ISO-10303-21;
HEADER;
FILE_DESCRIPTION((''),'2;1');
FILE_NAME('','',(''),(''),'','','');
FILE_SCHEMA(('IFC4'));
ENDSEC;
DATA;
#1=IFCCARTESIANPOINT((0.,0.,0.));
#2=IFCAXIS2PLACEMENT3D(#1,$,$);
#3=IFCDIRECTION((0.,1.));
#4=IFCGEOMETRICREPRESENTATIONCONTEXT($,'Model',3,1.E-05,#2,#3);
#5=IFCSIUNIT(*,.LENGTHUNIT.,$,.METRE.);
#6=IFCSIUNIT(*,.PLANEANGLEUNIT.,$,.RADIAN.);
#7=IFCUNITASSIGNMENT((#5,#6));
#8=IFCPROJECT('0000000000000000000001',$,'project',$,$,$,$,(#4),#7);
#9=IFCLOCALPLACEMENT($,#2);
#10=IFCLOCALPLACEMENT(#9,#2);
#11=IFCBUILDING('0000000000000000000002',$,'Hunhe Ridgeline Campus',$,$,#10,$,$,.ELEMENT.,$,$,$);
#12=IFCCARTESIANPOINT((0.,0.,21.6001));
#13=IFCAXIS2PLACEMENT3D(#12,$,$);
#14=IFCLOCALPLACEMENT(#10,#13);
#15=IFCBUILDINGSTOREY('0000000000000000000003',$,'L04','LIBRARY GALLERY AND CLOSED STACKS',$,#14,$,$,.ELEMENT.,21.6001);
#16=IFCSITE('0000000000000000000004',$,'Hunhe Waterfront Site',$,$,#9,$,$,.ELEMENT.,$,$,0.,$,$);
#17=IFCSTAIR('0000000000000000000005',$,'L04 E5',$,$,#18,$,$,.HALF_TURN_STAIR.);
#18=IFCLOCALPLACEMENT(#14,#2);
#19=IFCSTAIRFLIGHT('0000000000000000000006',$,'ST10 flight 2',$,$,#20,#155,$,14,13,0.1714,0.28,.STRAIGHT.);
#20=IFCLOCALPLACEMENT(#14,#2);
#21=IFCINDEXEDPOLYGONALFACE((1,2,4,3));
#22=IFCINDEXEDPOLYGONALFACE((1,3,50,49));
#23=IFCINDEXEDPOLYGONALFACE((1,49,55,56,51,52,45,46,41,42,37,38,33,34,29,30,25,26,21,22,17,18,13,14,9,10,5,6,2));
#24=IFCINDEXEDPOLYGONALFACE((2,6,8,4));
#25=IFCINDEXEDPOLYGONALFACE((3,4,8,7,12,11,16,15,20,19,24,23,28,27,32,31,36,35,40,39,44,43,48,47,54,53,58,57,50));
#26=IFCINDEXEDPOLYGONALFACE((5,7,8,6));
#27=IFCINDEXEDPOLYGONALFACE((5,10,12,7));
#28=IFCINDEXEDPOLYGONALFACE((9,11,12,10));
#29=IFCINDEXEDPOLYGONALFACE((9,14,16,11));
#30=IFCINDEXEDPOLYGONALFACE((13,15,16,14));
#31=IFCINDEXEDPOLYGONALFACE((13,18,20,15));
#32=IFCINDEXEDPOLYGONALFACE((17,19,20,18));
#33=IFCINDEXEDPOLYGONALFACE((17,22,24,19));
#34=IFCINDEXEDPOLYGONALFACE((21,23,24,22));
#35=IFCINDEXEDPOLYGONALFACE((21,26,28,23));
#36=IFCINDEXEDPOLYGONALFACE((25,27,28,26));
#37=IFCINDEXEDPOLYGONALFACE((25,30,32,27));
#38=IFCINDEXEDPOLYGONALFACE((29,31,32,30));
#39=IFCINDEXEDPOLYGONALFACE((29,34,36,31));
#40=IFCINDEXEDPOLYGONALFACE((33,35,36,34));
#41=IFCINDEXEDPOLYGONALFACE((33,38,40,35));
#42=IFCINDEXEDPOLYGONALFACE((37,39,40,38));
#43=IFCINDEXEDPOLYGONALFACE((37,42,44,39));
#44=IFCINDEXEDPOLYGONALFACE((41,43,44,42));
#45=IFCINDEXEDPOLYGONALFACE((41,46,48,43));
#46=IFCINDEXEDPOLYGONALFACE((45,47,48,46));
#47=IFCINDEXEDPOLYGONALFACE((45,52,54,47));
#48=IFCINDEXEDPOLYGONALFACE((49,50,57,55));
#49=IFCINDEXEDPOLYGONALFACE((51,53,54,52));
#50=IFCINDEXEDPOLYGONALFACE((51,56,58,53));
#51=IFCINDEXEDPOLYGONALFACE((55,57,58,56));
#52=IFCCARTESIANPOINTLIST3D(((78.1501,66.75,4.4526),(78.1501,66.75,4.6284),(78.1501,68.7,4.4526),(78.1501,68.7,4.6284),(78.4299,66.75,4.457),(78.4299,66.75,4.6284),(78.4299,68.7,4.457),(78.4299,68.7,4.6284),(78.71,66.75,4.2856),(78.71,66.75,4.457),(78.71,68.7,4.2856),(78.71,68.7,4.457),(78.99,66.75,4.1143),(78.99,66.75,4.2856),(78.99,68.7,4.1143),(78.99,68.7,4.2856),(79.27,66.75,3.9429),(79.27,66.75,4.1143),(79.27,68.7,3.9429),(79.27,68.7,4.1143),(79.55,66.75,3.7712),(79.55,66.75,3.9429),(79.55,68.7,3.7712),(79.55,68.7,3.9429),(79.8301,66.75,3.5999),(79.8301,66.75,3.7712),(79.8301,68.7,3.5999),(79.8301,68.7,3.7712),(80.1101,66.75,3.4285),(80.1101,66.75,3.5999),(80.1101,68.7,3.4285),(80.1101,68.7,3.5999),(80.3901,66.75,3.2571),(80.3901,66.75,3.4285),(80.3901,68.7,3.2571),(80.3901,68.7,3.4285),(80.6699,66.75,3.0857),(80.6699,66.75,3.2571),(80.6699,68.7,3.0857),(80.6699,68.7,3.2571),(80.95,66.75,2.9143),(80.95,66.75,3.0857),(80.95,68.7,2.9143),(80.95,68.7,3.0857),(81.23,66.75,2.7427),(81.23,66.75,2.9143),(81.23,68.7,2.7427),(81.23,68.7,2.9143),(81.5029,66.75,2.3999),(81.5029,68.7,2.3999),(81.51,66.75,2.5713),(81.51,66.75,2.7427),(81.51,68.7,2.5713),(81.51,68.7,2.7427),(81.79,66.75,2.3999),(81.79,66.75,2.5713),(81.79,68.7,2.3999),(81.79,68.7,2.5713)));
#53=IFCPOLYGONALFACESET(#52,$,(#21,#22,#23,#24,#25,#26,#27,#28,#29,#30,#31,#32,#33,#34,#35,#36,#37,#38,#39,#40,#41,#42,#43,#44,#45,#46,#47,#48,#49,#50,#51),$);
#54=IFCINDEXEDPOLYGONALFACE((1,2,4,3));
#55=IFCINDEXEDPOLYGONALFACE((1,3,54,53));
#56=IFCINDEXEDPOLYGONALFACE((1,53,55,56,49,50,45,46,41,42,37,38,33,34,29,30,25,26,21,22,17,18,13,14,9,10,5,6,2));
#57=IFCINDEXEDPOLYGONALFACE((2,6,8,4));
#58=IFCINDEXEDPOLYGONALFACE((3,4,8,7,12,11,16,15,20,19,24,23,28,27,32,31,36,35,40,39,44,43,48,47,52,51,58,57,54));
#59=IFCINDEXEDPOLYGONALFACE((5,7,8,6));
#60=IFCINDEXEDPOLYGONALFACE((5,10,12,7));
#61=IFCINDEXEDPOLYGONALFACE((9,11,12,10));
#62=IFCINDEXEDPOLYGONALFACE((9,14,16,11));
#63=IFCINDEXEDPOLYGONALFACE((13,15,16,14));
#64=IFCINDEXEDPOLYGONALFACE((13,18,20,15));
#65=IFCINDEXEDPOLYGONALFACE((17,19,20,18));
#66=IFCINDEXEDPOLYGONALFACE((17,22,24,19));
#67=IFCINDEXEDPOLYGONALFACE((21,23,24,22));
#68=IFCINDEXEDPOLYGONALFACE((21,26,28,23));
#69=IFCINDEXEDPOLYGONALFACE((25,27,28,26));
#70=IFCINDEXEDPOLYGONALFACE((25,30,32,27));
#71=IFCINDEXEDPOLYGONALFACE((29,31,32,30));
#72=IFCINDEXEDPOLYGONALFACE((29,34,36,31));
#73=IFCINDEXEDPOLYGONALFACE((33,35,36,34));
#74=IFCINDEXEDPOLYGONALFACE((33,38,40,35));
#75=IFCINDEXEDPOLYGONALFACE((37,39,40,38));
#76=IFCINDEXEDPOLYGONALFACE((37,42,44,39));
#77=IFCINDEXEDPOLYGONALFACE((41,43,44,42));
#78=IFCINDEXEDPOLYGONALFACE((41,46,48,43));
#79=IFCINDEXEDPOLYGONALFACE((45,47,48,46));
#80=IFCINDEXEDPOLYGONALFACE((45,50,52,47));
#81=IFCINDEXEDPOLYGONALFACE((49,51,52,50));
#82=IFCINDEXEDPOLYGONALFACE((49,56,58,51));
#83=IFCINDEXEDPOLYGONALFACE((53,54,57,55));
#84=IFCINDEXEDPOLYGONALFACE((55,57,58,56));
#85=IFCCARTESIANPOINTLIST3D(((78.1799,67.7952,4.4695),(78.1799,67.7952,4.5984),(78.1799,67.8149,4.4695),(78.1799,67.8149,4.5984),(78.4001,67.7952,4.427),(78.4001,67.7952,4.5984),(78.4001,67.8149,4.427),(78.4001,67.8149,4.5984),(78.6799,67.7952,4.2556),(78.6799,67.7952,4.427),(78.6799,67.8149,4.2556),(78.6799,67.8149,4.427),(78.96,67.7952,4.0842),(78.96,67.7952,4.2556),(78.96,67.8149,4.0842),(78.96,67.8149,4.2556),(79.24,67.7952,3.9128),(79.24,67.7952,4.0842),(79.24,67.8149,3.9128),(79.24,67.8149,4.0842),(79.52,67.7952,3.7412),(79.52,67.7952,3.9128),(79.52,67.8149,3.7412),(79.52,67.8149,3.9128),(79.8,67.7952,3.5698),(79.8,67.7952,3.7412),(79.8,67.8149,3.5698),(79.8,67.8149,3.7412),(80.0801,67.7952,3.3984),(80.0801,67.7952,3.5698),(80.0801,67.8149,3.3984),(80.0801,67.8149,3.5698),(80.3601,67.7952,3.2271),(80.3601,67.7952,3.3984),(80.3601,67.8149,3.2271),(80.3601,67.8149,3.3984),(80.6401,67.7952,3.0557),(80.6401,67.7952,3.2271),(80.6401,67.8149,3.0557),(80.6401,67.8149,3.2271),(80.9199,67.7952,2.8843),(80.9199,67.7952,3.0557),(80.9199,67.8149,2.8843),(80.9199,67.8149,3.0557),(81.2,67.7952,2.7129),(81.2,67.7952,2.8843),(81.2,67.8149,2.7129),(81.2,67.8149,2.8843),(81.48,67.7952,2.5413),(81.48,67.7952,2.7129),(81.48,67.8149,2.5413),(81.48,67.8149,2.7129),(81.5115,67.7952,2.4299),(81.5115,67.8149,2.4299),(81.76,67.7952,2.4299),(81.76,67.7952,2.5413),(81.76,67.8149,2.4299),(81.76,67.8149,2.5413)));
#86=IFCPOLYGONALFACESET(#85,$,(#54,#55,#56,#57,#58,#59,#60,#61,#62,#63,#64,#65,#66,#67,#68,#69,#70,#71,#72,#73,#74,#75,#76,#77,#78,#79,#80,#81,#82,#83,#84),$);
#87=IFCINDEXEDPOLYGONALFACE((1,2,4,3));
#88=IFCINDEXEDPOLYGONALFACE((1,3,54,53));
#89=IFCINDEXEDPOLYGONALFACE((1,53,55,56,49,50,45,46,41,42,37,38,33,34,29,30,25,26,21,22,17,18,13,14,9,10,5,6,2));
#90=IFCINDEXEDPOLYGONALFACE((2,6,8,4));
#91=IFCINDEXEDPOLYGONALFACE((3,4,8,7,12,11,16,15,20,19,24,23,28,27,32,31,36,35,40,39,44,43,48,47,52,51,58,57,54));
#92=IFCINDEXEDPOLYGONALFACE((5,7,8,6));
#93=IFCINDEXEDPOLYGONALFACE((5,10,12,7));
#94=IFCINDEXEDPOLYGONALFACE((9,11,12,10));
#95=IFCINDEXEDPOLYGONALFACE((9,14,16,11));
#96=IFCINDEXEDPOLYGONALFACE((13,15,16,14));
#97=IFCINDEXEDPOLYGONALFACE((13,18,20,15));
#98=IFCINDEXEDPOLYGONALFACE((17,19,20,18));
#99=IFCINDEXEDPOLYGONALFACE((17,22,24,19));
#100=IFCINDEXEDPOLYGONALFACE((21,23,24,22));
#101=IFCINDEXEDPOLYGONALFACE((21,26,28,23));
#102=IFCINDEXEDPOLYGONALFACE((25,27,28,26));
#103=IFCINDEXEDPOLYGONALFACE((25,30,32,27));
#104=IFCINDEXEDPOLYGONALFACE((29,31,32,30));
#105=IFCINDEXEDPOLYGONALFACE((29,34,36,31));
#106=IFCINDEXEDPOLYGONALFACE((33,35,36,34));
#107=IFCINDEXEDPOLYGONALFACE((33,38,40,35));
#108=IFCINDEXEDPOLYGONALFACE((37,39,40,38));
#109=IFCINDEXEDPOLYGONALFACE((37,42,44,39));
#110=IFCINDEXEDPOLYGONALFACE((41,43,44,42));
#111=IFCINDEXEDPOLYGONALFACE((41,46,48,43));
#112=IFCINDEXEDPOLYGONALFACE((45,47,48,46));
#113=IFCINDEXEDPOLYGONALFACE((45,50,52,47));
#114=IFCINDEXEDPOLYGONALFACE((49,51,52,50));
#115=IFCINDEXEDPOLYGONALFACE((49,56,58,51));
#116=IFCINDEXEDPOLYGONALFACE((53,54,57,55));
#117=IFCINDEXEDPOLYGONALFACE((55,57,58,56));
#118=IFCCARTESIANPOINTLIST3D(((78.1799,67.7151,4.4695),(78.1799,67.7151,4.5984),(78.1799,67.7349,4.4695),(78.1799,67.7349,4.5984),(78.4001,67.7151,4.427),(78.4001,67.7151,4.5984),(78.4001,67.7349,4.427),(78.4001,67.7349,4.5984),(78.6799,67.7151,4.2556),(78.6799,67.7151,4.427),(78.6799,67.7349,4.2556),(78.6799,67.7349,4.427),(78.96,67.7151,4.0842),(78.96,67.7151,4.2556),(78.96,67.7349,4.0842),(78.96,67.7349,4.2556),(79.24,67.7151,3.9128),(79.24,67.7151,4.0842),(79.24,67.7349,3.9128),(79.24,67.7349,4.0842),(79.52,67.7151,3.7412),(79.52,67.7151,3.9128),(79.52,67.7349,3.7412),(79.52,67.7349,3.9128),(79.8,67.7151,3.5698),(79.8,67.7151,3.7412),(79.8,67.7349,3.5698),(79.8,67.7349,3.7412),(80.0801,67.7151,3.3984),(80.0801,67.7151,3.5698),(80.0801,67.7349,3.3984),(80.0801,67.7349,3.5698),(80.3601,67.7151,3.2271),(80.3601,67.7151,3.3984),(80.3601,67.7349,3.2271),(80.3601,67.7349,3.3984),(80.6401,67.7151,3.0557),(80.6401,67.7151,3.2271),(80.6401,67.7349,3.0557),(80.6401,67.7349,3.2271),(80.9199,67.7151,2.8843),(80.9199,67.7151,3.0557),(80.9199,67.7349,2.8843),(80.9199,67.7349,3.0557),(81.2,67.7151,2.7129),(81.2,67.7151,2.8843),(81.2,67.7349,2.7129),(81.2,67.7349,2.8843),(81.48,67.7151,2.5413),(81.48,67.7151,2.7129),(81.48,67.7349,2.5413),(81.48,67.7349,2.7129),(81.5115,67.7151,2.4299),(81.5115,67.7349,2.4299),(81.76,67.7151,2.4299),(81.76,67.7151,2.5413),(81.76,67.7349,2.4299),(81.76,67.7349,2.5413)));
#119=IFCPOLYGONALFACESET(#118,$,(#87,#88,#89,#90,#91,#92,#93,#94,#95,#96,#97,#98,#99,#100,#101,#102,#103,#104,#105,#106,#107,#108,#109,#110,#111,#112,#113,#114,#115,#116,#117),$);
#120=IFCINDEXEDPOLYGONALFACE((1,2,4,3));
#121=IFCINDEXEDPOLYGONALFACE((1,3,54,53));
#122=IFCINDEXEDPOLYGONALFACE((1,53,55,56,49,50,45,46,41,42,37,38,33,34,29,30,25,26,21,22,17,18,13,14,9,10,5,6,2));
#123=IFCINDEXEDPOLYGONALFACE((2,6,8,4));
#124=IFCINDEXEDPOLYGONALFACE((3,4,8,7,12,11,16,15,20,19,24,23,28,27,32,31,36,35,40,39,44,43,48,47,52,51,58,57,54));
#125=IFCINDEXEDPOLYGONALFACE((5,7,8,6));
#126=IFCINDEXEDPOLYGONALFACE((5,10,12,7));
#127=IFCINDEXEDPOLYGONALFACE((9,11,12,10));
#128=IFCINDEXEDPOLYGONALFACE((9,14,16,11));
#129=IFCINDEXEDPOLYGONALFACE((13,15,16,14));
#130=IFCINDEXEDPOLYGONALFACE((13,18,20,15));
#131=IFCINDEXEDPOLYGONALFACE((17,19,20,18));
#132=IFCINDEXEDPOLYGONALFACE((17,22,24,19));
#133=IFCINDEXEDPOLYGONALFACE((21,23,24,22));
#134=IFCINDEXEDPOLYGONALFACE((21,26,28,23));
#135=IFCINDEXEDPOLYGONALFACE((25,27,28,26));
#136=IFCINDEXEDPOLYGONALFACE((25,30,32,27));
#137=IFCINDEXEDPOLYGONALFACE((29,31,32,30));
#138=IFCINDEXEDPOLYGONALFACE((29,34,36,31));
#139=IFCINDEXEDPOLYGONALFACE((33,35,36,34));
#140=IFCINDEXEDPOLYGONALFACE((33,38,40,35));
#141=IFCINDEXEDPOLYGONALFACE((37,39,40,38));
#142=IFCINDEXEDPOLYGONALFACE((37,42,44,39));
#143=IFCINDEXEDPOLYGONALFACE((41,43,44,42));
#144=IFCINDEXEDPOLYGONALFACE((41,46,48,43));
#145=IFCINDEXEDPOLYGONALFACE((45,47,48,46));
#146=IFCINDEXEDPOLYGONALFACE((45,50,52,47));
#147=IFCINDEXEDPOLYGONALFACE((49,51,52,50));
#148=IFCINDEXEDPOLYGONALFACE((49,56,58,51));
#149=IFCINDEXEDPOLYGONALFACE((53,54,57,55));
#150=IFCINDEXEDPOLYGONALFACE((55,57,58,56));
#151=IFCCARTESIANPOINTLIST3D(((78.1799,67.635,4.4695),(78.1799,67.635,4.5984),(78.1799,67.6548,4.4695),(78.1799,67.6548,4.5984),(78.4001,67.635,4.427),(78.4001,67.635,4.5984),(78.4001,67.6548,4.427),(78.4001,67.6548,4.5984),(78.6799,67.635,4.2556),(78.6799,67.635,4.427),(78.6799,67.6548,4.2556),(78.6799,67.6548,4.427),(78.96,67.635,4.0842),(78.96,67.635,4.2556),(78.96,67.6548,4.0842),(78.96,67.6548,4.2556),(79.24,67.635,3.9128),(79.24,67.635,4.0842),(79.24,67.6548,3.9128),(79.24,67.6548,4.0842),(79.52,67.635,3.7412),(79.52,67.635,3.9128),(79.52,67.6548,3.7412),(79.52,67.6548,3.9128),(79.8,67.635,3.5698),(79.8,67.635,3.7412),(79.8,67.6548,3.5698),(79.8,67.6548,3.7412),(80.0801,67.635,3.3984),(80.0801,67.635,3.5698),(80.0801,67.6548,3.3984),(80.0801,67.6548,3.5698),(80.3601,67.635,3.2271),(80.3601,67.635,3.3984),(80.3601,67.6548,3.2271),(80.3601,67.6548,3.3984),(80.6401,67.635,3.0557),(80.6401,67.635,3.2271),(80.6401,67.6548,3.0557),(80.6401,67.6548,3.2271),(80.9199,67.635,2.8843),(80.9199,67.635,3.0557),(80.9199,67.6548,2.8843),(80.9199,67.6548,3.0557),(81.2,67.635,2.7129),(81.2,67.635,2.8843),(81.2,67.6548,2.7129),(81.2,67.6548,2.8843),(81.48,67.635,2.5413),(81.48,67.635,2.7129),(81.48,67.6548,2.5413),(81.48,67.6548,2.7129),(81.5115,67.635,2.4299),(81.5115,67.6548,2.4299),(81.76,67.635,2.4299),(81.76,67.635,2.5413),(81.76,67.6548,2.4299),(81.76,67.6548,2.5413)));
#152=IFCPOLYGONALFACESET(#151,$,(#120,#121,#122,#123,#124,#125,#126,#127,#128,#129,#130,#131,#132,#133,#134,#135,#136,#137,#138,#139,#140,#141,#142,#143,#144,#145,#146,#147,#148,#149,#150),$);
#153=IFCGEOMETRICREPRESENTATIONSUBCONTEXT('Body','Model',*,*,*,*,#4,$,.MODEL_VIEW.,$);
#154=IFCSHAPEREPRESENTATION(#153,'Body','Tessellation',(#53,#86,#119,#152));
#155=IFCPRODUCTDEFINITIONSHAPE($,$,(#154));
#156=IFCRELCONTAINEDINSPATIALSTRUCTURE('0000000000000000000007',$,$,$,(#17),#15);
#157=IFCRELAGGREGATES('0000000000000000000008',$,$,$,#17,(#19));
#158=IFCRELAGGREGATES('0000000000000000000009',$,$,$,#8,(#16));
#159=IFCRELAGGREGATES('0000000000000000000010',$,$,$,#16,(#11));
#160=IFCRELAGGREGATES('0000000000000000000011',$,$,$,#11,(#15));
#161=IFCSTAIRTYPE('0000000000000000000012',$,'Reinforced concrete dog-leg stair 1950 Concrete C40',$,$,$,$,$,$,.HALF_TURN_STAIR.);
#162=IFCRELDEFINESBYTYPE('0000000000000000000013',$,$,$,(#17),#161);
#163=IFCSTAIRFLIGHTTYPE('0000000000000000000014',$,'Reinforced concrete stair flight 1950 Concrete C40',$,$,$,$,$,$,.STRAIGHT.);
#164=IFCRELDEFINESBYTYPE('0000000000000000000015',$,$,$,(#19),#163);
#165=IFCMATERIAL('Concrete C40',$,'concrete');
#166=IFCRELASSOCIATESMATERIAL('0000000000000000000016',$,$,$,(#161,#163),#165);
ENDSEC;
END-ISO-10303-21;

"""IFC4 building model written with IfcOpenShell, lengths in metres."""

from ifc_helpers import new_model, si_unit, direction, frame, origin, place, context, subcontext, project, spatial, polyline, outline, extrude, material, type_object, element, aggregate, save


model = new_model("IFC4")

# Units and contexts
model_context = context("Model", 3, precision=1e-05, world=origin(), true_north=direction((0.0, 1.0)))
body_context = subcontext(model_context, "Body", "Model", "MODEL_VIEW")
ifc_project = project(units=[si_unit("LENGTHUNIT", "METRE"), si_unit("PLANEANGLEUNIT", "RADIAN")], contexts=[model_context])

# Site, building, storey
site_placement = place(None, origin())
site = spatial("IfcSite", under=ifc_project, at=site_placement, Name="Hunhe Waterfront Site", CompositionType="ELEMENT", RefElevation=0.0)
building_placement = place(site_placement, origin())
building = spatial("IfcBuilding", under=site, at=building_placement, Name="Hunhe Ridgeline Campus", CompositionType="ELEMENT")
storey_placement = place(building_placement, frame((0.0, 0.0, 21.6001)))
storey = spatial("IfcBuildingStorey", under=building, at=storey_placement, Name="L04", Description="LIBRARY GALLERY AND CLOSED STACKS", CompositionType="ELEMENT", Elevation=21.6001)

# Stair, stair flight
ifc_material_1 = material(Name="Concrete C40", Category="concrete")
stair_type = type_object("IfcStairType", Name="Reinforced concrete dog-leg stair 1950 Concrete C40", PredefinedType="HALF_TURN_STAIR", material=ifc_material_1)
stair_placement = place(storey_placement, origin())
stair = element("IfcStair", 1, at=stair_placement, inside=storey, type_object=stair_type, Name="L04 E5", PredefinedType="HALF_TURN_STAIR")
stair_flight_type = type_object("IfcStairFlightType", Name="Reinforced concrete stair flight 1950 Concrete C40", PredefinedType="STRAIGHT", material=ifc_material_1)
stair_flight_1_placement = place(storey_placement, frame((81.79, 67.7251, 2.3999), z_axis=(0.0, 0.0, 1.0), x_axis=(-1.0, 0.0, 0.0)))
stair_flight_1 = element("IfcStairFlight", 2, at=stair_flight_1_placement, type_object=stair_flight_type, Name="ST10 flight 2", NumberOfRisers=14, NumberOfTreads=13, PredefinedType="STRAIGHT", RiserHeight=0.1714, TreadLength=0.28, context=body_context, shape_type="SweptSolid", body=[
    extrude(outline(polyline([(0.0, 0.0), (0.0, 0.1714), (0.28, 0.1714), (0.28, 0.3428), (0.5601, 0.3428), (0.5601, 0.5144), (0.8401, 0.5144), (0.8401, 0.6858), (1.1201, 0.6858), (1.1201, 0.8572), (1.3999, 0.8572), (1.3999, 1.0286), (1.6799, 1.0286), (1.6799, 1.2), (1.96, 1.2), (1.96, 1.3713), (2.24, 1.3713), (2.24, 1.543), (2.52, 1.543), (2.52, 1.7144), (2.8, 1.7144), (2.8, 1.8857), (3.0801, 1.8857), (3.0801, 2.0571), (3.3601, 2.0571), (3.3601, 2.2285), (3.6399, 2.2285), (3.6399, 2.3999), (3.6399, 2.0527), (0.2871, 0.0), (0.0, 0.0)])), frame((0.0, 0.9751, 0.0), z_axis=(0.0, -1.0, 0.0), x_axis=(1.0, 0.0, 0.0)), (0.0, 0.0, 1.0), 1.95),
    extrude(outline(polyline([(0.03, 0.03), (0.03, 0.1414), (0.3101, 0.1414), (0.3101, 0.313), (0.5901, 0.313), (0.5901, 0.4844), (0.8701, 0.4844), (0.8701, 0.6558), (1.1499, 0.6558), (1.1499, 0.8271), (1.4299, 0.8271), (1.4299, 0.9985), (1.71, 0.9985), (1.71, 1.1699), (1.99, 1.1699), (1.99, 1.3413), (2.27, 1.3413), (2.27, 1.5129), (2.55, 1.5129), (2.55, 1.6843), (2.8301, 1.6843), (2.8301, 1.8557), (3.1101, 1.8557), (3.1101, 2.0271), (3.3899, 2.0271), (3.3899, 2.1985), (3.6101, 2.1985), (3.6101, 2.0696), (0.2786, 0.03), (0.03, 0.03)])), frame((0.0, -0.0701, 0.0), z_axis=(0.0, -1.0, 0.0), x_axis=(1.0, 0.0, 0.0)), (0.0, 0.0, 1.0), 0.0198),
    extrude(outline(polyline([(0.03, 0.03), (0.03, 0.1414), (0.3101, 0.1414), (0.3101, 0.313), (0.5901, 0.313), (0.5901, 0.4844), (0.8701, 0.4844), (0.8701, 0.6558), (1.1499, 0.6558), (1.1499, 0.8271), (1.4299, 0.8271), (1.4299, 0.9985), (1.71, 0.9985), (1.71, 1.1699), (1.99, 1.1699), (1.99, 1.3413), (2.27, 1.3413), (2.27, 1.5129), (2.55, 1.5129), (2.55, 1.6843), (2.8301, 1.6843), (2.8301, 1.8557), (3.1101, 1.8557), (3.1101, 2.0271), (3.3899, 2.0271), (3.3899, 2.1985), (3.6101, 2.1985), (3.6101, 2.0696), (0.2786, 0.03), (0.03, 0.03)])), frame((0.0, 0.01, 0.0), z_axis=(0.0, -1.0, 0.0), x_axis=(1.0, 0.0, 0.0)), (0.0, 0.0, 1.0), 0.0198),
    extrude(outline(polyline([(0.03, 0.03), (0.03, 0.1414), (0.3101, 0.1414), (0.3101, 0.313), (0.5901, 0.313), (0.5901, 0.4844), (0.8701, 0.4844), (0.8701, 0.6558), (1.1499, 0.6558), (1.1499, 0.8271), (1.4299, 0.8271), (1.4299, 0.9985), (1.71, 0.9985), (1.71, 1.1699), (1.99, 1.1699), (1.99, 1.3413), (2.27, 1.3413), (2.27, 1.5129), (2.55, 1.5129), (2.55, 1.6843), (2.8301, 1.6843), (2.8301, 1.8557), (3.1101, 1.8557), (3.1101, 2.0271), (3.3899, 2.0271), (3.3899, 2.1985), (3.6101, 2.1985), (3.6101, 2.0696), (0.2786, 0.03), (0.03, 0.03)])), frame((0.0, 0.0901, 0.0), z_axis=(0.0, -1.0, 0.0), x_axis=(1.0, 0.0, 0.0)), (0.0, 0.0, 1.0), 0.0198),
])
aggregate(stair, [stair_flight_1])

save(model, "model.ifc")
